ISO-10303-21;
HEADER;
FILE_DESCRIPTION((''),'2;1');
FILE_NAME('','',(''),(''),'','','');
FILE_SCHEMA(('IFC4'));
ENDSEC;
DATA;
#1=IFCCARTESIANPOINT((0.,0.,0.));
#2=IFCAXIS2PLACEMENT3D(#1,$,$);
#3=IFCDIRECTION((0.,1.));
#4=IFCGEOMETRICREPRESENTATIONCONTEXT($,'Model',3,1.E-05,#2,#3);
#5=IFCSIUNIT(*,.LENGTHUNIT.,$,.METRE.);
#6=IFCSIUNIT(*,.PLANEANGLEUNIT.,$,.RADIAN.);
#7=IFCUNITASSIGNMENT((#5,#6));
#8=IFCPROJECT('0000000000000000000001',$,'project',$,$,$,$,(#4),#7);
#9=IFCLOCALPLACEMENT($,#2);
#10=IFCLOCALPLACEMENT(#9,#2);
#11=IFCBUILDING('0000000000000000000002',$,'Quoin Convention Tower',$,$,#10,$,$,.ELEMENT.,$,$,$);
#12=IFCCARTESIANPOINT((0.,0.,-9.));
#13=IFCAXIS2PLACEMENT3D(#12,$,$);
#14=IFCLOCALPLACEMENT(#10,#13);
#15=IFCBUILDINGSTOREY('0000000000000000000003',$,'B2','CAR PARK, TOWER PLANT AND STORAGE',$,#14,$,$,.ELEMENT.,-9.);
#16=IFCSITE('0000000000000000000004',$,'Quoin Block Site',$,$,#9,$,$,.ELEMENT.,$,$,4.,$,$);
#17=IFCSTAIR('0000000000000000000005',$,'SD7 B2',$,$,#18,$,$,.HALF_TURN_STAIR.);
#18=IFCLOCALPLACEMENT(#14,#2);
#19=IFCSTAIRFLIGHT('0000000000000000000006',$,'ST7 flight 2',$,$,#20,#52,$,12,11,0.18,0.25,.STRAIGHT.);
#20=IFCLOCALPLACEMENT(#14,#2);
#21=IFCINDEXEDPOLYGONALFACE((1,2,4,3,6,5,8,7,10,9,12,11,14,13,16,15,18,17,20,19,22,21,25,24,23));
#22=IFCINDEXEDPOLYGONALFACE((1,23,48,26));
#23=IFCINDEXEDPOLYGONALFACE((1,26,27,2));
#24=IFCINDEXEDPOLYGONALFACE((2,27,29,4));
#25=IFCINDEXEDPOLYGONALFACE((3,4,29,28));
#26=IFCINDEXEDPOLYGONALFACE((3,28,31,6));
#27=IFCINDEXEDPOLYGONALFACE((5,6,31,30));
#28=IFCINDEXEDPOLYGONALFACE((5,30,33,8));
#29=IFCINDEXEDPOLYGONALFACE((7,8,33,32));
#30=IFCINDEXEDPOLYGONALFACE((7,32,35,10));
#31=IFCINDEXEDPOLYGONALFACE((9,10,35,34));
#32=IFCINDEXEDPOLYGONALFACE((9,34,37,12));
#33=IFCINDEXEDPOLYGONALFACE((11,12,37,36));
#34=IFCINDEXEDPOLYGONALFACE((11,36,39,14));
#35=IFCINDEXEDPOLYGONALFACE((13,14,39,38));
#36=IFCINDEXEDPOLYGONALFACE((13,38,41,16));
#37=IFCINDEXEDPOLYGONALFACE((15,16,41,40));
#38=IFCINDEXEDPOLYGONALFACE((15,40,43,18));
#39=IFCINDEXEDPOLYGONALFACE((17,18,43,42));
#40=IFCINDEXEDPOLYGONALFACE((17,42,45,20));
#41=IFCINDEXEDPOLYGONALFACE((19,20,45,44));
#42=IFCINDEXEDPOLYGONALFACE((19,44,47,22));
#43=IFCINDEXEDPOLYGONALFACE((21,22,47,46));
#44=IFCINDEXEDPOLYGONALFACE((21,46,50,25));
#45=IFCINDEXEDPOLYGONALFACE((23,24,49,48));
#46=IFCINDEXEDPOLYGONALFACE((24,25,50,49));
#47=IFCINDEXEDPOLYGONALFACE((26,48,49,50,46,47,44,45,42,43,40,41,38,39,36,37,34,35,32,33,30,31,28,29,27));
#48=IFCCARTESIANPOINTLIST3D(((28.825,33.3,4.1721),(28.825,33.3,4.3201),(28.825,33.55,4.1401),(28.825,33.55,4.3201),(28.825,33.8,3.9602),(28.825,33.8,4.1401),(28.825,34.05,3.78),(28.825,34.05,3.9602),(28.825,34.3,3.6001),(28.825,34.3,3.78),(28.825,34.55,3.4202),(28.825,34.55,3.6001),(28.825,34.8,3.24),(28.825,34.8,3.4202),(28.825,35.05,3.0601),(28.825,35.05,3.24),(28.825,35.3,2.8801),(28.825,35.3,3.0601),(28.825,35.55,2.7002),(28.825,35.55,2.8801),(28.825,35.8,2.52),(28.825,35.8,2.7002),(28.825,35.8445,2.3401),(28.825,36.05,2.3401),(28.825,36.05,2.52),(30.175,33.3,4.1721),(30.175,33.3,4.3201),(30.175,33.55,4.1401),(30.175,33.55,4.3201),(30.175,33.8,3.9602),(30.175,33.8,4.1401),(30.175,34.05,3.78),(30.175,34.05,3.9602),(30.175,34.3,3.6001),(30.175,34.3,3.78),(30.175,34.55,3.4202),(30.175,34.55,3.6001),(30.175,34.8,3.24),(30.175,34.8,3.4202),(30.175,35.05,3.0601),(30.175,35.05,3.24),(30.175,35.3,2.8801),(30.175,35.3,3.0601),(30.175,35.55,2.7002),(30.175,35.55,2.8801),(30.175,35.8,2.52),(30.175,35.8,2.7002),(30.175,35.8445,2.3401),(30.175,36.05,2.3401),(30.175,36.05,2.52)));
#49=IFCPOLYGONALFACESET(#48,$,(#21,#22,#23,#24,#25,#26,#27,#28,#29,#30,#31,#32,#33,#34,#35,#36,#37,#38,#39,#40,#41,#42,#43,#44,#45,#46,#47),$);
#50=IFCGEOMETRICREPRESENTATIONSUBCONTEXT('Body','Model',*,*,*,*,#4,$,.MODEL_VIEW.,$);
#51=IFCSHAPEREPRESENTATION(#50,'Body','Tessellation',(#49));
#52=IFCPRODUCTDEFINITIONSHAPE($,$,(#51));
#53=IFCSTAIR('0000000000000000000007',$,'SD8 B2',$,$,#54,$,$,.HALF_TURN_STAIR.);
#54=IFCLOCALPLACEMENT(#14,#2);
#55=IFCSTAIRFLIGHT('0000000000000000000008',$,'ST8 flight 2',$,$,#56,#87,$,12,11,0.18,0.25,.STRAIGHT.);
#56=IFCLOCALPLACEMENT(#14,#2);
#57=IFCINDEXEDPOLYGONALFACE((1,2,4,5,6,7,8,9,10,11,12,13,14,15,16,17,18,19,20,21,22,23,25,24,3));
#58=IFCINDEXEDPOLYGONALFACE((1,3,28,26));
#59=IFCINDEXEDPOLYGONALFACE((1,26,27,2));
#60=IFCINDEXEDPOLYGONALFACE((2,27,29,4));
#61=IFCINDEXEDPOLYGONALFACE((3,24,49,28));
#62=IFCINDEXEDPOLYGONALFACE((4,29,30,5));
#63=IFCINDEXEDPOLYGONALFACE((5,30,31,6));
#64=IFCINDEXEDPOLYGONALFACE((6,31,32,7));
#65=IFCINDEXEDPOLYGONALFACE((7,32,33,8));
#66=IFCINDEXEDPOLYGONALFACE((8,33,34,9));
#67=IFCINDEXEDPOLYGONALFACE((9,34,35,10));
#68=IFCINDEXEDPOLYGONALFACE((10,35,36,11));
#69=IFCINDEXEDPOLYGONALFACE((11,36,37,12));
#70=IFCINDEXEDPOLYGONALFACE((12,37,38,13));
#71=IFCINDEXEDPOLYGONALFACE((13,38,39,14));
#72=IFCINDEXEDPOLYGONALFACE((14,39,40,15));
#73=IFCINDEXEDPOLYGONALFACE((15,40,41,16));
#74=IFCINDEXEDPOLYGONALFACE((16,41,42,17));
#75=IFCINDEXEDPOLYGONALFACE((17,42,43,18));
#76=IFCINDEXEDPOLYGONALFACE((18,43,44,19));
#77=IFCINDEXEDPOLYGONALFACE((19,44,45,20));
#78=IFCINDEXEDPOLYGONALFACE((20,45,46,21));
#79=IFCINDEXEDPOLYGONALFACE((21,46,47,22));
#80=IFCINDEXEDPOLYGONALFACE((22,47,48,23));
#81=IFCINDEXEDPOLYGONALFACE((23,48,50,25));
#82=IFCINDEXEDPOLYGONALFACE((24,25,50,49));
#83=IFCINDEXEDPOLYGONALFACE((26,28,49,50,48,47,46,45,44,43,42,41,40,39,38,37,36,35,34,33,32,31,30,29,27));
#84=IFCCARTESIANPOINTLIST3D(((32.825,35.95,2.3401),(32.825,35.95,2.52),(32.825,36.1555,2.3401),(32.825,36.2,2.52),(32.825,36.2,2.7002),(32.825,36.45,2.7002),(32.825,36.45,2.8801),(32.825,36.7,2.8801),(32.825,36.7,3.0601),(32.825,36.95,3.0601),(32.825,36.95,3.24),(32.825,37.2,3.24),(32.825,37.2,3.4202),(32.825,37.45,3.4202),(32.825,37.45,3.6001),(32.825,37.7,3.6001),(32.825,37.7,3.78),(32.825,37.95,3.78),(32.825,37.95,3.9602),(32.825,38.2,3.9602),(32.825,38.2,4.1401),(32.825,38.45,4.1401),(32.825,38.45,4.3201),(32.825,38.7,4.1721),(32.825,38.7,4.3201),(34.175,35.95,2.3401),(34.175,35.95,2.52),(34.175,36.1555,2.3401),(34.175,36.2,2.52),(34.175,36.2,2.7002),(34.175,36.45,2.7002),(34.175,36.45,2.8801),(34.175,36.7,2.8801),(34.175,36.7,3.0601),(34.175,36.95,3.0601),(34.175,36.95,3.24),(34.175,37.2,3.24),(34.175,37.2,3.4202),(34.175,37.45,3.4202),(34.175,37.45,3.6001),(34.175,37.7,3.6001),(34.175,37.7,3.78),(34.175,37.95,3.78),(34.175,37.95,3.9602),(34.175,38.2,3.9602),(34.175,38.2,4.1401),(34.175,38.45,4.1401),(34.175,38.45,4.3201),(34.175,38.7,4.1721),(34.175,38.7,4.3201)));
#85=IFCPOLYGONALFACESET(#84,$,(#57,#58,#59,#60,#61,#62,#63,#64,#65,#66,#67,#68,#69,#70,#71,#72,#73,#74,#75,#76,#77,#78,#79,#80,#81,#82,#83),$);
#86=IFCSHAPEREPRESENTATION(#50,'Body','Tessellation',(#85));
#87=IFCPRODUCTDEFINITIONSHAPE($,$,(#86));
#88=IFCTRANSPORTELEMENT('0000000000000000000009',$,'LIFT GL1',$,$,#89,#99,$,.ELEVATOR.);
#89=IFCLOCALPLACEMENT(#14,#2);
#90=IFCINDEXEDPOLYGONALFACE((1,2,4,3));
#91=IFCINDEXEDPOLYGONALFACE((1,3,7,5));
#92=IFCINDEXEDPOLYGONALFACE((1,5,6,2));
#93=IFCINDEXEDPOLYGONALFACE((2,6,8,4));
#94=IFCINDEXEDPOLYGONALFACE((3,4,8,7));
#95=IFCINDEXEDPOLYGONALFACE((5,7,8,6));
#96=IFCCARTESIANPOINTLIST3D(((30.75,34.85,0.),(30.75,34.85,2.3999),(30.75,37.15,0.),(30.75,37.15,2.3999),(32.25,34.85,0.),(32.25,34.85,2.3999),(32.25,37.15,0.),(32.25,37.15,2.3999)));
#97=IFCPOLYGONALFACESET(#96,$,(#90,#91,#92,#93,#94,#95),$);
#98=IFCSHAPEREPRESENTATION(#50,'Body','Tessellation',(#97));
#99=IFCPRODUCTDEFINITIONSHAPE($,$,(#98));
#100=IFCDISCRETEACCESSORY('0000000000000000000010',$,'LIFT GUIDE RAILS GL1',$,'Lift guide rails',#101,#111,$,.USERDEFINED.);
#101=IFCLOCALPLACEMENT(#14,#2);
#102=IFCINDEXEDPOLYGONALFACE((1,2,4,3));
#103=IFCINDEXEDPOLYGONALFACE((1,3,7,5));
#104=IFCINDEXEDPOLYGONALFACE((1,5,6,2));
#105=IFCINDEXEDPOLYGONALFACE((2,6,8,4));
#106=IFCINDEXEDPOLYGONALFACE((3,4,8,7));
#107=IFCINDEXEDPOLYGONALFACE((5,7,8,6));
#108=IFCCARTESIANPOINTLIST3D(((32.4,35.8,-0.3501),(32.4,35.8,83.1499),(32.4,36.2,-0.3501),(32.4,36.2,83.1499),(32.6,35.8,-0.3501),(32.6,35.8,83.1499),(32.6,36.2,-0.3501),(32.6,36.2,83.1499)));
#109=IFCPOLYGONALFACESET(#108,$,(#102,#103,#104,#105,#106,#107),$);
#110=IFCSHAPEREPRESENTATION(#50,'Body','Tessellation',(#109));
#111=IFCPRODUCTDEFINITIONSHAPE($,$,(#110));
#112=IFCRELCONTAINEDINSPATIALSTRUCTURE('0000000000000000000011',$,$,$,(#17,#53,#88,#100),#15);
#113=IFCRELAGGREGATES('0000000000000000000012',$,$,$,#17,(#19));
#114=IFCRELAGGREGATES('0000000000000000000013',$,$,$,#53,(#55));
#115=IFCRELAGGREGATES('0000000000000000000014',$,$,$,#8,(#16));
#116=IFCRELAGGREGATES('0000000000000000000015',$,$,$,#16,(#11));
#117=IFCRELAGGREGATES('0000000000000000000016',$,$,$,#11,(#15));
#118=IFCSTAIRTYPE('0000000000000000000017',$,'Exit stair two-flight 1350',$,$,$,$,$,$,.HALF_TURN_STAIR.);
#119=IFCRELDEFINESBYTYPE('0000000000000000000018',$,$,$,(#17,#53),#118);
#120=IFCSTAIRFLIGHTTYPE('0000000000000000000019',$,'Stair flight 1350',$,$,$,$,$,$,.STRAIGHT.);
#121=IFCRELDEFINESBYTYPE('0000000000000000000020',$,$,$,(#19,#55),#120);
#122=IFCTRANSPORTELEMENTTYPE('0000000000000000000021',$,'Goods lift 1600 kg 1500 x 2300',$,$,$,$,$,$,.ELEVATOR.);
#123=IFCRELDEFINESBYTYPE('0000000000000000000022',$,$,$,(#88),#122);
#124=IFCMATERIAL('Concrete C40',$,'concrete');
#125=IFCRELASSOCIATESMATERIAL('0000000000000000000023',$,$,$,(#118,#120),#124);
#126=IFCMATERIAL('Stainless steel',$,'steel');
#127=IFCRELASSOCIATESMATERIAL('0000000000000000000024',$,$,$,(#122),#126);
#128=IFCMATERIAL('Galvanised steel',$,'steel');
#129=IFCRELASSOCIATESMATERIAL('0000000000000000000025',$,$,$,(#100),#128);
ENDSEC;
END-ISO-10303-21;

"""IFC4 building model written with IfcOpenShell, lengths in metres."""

from ifc_helpers import new_model, si_unit, direction, frame, origin, origin_2d, place, context, subcontext, project, spatial, polyline, rectangle, outline, extrude, material, type_object, element, aggregate, save


model = new_model("IFC4")

# Units and contexts
model_context = context("Model", 3, precision=1e-05, world=origin(), true_north=direction((0.0, 1.0)))
body_context = subcontext(model_context, "Body", "Model", "MODEL_VIEW")
ifc_project = project(units=[si_unit("LENGTHUNIT", "METRE"), si_unit("PLANEANGLEUNIT", "RADIAN")], contexts=[model_context])

# Site, building, storey
site_placement = place(None, origin())
site = spatial("IfcSite", under=ifc_project, at=site_placement, Name="Quoin Block Site", CompositionType="ELEMENT", RefElevation=4.0)
building_placement = place(site_placement, origin())
building = spatial("IfcBuilding", under=site, at=building_placement, Name="Quoin Convention Tower", CompositionType="ELEMENT")
storey_placement = place(building_placement, frame((0.0, 0.0, -9.0)))
storey = spatial("IfcBuildingStorey", under=building, at=storey_placement, Name="B2", Description="CAR PARK, TOWER PLANT AND STORAGE", CompositionType="ELEMENT", Elevation=-9.0)

# Shared definitions
ifc_material_1 = material(Name="Concrete C40", Category="concrete")

# Stair, stair flight
stair_type = type_object("IfcStairType", Name="Exit stair two-flight 1350", PredefinedType="HALF_TURN_STAIR", material=ifc_material_1)
stair_1_placement = place(storey_placement, origin())
stair_1 = element("IfcStair", 1, at=stair_1_placement, inside=storey, type_object=stair_type, Name="SD7 B2", PredefinedType="HALF_TURN_STAIR")
stair_flight_type = type_object("IfcStairFlightType", Name="Stair flight 1350", PredefinedType="STRAIGHT", material=ifc_material_1)
stair_flight_1_placement = place(storey_placement, frame((29.5, 36.05, 2.3401), z_axis=(0.0, 0.0, 1.0), x_axis=(0.0, -1.0, 0.0)))
stair_flight_1 = element("IfcStairFlight", 2, at=stair_flight_1_placement, type_object=stair_flight_type, Name="ST7 flight 2", NumberOfRisers=12, NumberOfTreads=11, PredefinedType="STRAIGHT", RiserHeight=0.18, TreadLength=0.25, context=body_context, shape_type="SweptSolid", body=[
    extrude(outline(polyline([(0.0, 0.0), (0.0, 0.1799), (0.25, 0.1799), (0.25, 0.3601), (0.5, 0.3601), (0.5, 0.54), (0.75, 0.54), (0.75, 0.72), (1.0, 0.72), (1.0, 0.8999), (1.25, 0.8999), (1.25, 1.0801), (1.5, 1.0801), (1.5, 1.26), (1.75, 1.26), (1.75, 1.4399), (2.0, 1.4399), (2.0, 1.6201), (2.25, 1.6201), (2.25, 1.8), (2.5, 1.8), (2.5, 1.98), (2.75, 1.98), (2.75, 2.1599), (2.75, 1.832), (0.2056, 0.0), (0.0, 0.0)])), frame((0.0, 0.675, 0.0), z_axis=(0.0, -1.0, 0.0), x_axis=(1.0, 0.0, 0.0)), (0.0, 0.0, 1.0), 1.3501),
])
aggregate(stair_1, [stair_flight_1])

# Stair, stair flight
stair_2_placement = place(storey_placement, origin())
stair_2 = element("IfcStair", 3, at=stair_2_placement, inside=storey, type_object=stair_type, Name="SD8 B2", PredefinedType="HALF_TURN_STAIR")
stair_flight_2_placement = place(storey_placement, frame((33.5, 35.95, 2.3401), z_axis=(0.0, 0.0, 1.0), x_axis=(0.0, 1.0, 0.0)))
stair_flight_2 = element("IfcStairFlight", 4, at=stair_flight_2_placement, type_object=stair_flight_type, Name="ST8 flight 2", NumberOfRisers=12, NumberOfTreads=11, PredefinedType="STRAIGHT", RiserHeight=0.18, TreadLength=0.25, context=body_context, shape_type="SweptSolid", body=[
    extrude(outline(polyline([(0.0, 0.0), (0.0, 0.1799), (0.25, 0.1799), (0.25, 0.3601), (0.5, 0.3601), (0.5, 0.54), (0.75, 0.54), (0.75, 0.72), (1.0, 0.72), (1.0, 0.8999), (1.25, 0.8999), (1.25, 1.0801), (1.5, 1.0801), (1.5, 1.26), (1.75, 1.26), (1.75, 1.4399), (2.0, 1.4399), (2.0, 1.6201), (2.25, 1.6201), (2.25, 1.8), (2.5, 1.8), (2.5, 1.98), (2.75, 1.98), (2.75, 2.1599), (2.75, 1.832), (0.2056, 0.0), (0.0, 0.0)])), frame((0.0, 0.675, 0.0), z_axis=(0.0, -1.0, 0.0), x_axis=(1.0, 0.0, 0.0)), (0.0, 0.0, 1.0), 1.3501),
])
aggregate(stair_2, [stair_flight_2])

# Shared definitions
ifc_material_2 = material(Name="Stainless steel", Category="steel")

# Transport element
transport_element_type = type_object("IfcTransportElementType", Name="Goods lift 1600 kg 1500 x 2300", PredefinedType="ELEVATOR", material=ifc_material_2)
transport_element_placement = place(storey_placement, frame((31.5, 36.0, 0.0), z_axis=(0.0, 0.0, 1.0), x_axis=(1.0, 0.0, 0.0)))
element("IfcTransportElement", 5, at=transport_element_placement, inside=storey, type_object=transport_element_type, Name="LIFT GL1", PredefinedType="ELEVATOR", context=body_context, shape_type="SweptSolid", body=[
    extrude(rectangle(XDim=1.5, YDim=2.3, at=origin_2d()), origin(), (0.0, 0.0, 1.0), 2.3999),
])

# Discrete accessory
ifc_material_3 = material(Name="Galvanised steel", Category="steel")
discrete_accessory_placement = place(storey_placement, frame((32.5, 36.0, -0.3501), z_axis=(0.0, 0.0, 1.0), x_axis=(1.0, 0.0, 0.0)))
element("IfcDiscreteAccessory", 6, at=discrete_accessory_placement, inside=storey, material=ifc_material_3, Name="LIFT GUIDE RAILS GL1", ObjectType="Lift guide rails", PredefinedType="USERDEFINED", context=body_context, shape_type="SweptSolid", body=[
    extrude(rectangle(XDim=0.2, YDim=0.3999, at=origin_2d()), origin(), (0.0, 0.0, 1.0), 83.5),
])

save(model, "model.ifc")
